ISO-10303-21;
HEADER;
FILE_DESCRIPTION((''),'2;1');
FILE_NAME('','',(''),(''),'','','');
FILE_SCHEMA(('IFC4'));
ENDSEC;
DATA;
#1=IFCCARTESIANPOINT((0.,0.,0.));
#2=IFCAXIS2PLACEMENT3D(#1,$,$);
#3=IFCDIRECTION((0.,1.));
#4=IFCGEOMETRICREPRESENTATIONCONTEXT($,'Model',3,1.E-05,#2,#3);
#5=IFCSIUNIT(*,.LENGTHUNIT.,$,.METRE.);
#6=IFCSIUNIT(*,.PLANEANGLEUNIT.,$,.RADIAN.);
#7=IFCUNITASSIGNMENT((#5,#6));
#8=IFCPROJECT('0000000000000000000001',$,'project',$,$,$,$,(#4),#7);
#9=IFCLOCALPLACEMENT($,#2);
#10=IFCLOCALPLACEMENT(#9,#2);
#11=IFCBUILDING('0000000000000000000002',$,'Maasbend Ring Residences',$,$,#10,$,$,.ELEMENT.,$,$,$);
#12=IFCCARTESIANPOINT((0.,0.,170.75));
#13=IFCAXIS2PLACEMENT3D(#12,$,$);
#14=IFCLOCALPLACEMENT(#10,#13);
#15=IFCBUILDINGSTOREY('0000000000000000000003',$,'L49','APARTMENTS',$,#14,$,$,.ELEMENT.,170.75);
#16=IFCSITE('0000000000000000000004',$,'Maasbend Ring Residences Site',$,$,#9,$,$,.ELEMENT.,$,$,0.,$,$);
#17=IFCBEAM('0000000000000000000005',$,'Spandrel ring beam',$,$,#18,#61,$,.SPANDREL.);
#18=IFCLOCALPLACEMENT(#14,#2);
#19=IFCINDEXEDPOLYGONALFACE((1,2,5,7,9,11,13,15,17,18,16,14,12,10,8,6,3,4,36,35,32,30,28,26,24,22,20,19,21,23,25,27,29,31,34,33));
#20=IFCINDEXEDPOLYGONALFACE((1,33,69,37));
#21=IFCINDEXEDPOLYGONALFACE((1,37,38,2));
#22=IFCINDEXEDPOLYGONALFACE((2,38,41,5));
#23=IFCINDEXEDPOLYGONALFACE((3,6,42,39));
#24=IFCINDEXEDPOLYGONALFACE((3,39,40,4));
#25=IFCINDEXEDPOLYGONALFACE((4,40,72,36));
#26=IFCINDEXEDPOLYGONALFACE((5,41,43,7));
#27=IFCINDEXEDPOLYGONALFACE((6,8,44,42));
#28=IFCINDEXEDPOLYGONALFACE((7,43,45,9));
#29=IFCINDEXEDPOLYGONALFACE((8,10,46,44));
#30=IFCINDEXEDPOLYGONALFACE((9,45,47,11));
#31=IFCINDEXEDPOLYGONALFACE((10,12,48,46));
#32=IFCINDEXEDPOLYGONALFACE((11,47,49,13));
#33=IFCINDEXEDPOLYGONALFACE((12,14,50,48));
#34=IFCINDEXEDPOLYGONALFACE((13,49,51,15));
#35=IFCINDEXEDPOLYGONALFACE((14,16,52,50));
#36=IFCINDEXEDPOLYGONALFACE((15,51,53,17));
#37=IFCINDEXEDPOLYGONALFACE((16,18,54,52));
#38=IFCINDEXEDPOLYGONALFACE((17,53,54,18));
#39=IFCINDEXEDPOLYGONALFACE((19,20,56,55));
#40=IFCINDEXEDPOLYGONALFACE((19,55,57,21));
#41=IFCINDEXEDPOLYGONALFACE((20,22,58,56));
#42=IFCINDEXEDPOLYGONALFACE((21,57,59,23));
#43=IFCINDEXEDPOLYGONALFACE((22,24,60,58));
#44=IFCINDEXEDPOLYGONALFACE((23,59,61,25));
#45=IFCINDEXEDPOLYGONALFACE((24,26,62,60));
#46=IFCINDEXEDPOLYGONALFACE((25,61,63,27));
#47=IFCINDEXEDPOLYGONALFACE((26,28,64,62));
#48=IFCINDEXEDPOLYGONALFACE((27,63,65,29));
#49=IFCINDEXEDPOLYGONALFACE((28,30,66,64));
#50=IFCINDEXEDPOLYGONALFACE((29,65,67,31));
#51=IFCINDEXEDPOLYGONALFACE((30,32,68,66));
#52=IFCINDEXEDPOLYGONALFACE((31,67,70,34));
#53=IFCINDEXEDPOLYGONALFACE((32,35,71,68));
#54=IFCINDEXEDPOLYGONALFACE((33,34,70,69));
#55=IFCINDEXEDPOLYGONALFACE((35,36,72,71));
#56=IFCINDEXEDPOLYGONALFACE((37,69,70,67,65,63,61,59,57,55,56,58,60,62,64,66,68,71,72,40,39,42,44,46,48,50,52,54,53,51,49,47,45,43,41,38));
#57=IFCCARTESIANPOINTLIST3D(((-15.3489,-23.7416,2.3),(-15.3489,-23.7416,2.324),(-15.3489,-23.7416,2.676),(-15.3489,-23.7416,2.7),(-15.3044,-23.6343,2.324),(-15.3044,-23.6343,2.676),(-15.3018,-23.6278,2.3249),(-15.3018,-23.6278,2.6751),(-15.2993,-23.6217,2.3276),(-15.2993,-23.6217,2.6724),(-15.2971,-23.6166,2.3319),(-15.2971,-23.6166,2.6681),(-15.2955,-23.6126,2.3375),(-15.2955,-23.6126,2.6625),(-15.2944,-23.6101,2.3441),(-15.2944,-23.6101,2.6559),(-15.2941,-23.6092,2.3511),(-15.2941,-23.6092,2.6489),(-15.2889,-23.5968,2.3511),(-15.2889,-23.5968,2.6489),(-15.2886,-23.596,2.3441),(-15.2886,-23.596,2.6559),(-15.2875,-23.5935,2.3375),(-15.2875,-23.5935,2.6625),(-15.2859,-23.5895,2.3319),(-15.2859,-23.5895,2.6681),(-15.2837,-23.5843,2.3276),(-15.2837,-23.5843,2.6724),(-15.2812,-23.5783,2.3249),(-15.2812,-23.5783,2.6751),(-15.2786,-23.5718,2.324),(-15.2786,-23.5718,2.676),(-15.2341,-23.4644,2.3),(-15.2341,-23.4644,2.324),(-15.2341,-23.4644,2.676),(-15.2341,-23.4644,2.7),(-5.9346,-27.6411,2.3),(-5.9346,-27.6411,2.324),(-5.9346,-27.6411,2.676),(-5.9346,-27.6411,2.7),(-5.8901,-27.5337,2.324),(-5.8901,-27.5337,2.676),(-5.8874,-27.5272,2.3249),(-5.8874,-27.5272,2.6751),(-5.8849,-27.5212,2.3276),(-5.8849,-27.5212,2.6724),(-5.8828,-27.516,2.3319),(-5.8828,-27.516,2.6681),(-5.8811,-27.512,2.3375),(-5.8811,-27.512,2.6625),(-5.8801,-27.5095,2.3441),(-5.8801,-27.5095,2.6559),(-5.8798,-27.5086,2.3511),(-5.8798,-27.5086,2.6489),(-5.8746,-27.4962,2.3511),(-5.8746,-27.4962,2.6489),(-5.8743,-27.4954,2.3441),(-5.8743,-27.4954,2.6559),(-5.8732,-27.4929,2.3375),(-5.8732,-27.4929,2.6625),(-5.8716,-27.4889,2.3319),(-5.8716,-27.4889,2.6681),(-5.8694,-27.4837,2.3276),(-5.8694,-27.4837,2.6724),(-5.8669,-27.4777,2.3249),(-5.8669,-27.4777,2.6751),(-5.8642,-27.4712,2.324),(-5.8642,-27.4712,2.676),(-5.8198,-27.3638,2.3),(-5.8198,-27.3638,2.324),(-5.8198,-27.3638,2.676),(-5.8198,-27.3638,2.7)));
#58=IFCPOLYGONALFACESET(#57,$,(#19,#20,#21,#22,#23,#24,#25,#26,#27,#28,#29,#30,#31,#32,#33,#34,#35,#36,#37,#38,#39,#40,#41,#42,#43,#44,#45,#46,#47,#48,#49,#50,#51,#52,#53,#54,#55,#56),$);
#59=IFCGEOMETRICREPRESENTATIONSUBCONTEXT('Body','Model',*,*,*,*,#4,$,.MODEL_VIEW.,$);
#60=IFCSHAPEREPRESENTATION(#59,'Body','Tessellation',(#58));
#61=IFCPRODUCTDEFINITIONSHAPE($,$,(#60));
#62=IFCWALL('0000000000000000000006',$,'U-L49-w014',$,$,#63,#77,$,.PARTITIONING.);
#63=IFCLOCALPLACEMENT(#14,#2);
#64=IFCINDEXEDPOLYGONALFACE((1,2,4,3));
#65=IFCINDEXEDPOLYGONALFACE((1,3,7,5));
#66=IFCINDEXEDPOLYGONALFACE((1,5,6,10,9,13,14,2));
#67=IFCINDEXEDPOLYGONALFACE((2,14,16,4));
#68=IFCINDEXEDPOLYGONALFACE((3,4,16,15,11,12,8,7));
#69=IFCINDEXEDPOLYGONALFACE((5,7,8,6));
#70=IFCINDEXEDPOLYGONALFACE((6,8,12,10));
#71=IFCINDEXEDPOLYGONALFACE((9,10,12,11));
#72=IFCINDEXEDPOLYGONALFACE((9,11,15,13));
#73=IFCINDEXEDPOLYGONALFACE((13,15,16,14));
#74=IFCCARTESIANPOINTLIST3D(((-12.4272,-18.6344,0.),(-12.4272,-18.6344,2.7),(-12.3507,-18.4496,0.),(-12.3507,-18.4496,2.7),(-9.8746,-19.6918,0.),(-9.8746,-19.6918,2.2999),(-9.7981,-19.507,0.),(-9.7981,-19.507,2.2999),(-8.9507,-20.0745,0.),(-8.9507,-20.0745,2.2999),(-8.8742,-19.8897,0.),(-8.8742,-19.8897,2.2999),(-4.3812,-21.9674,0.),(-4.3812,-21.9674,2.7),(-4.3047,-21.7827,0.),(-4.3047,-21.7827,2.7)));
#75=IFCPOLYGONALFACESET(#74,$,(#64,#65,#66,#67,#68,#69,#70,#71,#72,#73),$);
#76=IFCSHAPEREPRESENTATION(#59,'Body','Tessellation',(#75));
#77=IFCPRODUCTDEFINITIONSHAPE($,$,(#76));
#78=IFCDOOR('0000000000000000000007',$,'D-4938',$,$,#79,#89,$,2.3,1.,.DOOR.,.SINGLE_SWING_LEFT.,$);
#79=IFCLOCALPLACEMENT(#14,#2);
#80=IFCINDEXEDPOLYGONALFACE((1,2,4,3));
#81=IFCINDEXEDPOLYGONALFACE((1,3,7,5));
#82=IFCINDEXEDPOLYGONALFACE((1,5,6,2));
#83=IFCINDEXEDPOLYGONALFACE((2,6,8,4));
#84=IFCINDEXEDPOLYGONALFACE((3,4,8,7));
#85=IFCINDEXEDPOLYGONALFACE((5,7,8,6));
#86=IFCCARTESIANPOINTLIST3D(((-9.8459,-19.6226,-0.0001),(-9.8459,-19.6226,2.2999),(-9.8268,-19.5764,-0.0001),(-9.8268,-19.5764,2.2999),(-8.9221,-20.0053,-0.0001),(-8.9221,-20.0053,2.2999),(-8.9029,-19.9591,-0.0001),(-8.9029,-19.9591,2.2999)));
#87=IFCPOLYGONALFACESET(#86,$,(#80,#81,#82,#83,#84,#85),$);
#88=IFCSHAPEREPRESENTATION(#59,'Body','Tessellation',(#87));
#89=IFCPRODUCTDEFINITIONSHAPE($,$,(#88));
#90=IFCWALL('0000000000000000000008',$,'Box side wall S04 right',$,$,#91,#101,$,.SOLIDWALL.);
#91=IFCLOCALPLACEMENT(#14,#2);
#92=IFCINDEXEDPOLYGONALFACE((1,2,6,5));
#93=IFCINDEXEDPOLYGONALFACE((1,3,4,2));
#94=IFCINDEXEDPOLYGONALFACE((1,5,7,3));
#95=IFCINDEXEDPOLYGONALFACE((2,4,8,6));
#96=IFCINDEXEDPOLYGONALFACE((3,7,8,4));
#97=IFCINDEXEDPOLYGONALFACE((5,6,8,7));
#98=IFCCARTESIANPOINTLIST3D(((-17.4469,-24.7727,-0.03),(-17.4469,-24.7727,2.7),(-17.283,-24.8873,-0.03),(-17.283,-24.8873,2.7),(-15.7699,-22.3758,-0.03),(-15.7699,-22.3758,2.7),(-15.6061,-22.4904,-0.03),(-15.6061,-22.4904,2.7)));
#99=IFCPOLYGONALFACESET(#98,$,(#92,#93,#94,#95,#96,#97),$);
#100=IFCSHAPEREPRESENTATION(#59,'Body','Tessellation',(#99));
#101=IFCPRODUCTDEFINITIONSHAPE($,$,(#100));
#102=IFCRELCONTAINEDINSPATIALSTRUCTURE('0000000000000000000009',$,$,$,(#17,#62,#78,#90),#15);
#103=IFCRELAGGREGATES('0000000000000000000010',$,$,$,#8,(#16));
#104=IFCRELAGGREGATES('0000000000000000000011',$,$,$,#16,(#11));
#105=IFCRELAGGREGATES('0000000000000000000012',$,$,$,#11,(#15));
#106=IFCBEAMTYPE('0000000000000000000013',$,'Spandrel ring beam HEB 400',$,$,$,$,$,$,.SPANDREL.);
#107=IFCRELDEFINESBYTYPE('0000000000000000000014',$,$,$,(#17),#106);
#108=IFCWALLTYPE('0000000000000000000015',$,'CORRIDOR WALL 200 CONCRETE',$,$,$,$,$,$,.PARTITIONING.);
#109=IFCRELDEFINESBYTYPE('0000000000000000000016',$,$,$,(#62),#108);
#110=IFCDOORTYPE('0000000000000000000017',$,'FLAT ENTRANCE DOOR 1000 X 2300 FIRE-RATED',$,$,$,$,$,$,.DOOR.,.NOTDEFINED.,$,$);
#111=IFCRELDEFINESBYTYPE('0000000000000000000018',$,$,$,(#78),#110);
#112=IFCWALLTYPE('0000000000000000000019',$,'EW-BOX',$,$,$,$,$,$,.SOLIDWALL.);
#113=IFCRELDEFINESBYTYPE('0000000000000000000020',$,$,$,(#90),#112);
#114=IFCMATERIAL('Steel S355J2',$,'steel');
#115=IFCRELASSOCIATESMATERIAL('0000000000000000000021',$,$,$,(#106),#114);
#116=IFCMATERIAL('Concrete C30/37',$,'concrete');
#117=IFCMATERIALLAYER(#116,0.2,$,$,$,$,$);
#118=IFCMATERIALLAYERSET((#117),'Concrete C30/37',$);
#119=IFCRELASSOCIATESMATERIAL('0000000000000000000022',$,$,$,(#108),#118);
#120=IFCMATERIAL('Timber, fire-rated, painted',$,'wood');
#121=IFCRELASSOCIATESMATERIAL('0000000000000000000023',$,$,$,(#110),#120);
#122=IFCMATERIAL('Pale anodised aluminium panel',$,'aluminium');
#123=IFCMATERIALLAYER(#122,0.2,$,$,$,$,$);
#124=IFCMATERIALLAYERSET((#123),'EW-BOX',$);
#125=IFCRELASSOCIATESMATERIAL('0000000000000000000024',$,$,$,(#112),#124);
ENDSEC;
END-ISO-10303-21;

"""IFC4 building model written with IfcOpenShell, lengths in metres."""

from ifc_helpers import new_model, si_unit, direction, frame, frame_2d, origin, origin_2d, place, context, subcontext, project, spatial, rectangle, i_section, extrude, material, layer, layer_set, material_profile, profile_set, type_object, element, fill, save


model = new_model("IFC4")

# Units and contexts
model_context = context("Model", 3, precision=1e-05, world=origin(), true_north=direction((0.0, 1.0)))
body_context = subcontext(model_context, "Body", "Model", "MODEL_VIEW")
ifc_project = project(units=[si_unit("LENGTHUNIT", "METRE"), si_unit("PLANEANGLEUNIT", "RADIAN")], contexts=[model_context])

# Site, building, storey
site_placement = place(None, origin())
site = spatial("IfcSite", under=ifc_project, at=site_placement, Name="Maasbend Ring Residences Site", CompositionType="ELEMENT", RefElevation=0.0)
building_placement = place(site_placement, origin())
building = spatial("IfcBuilding", under=site, at=building_placement, Name="Maasbend Ring Residences", CompositionType="ELEMENT")
storey_placement = place(building_placement, frame((0.0, 0.0, 170.75)))
storey = spatial("IfcBuildingStorey", under=building, at=storey_placement, Name="L49", Description="APARTMENTS", CompositionType="ELEMENT", Elevation=170.75)

# Beam
ifc_material_1 = material(Name="Steel S355J2", Category="steel")
ifc_material_profile_1 = material_profile(ifc_material_1, i_section(OverallWidth=0.3, OverallDepth=0.3999, WebThickness=0.0134, FlangeThickness=0.0239, FilletRadius=0.0271, at=origin_2d()), Name="HEB 400")
ifc_profile_set_1 = profile_set([ifc_material_profile_1], Name="Steel S355J2")
beam_type_1 = type_object("IfcBeamType", Name="Spandrel ring beam HEB 400", PredefinedType="SPANDREL", material=ifc_profile_set_1)
beam_1_placement = place(storey_placement, frame((-15.2915, -23.603, 2.5), z_axis=(0.923884, -0.382673, 0.0), x_axis=(0.382673, 0.923884, 0.0)))
element("IfcBeam", 1, at=beam_1_placement, inside=storey, type_object=beam_type_1, Name="Spandrel ring beam", PredefinedType="SPANDREL", context=body_context, shape_type="SweptSolid", body=[
    extrude(i_section(OverallWidth=0.3, OverallDepth=0.3999, WebThickness=0.0134, FlangeThickness=0.0239, FilletRadius=0.0271, at=origin_2d()), origin(), (0.0, 0.0, 1.0), 10.1899),
])

# Wall, opening, door
ifc_material_2 = material(Name="Concrete C30/37", Category="concrete")
ifc_layer_1 = layer(ifc_material_2, 0.2)
ifc_layer_set_1 = layer_set([ifc_layer_1], Name="Concrete C30/37")
wall_type_1 = type_object("IfcWallType", Name="CORRIDOR WALL 200 CONCRETE", PredefinedType="PARTITIONING", material=ifc_layer_set_1)
wall_1_placement = place(storey_placement, frame((-12.3889, -18.542, 0.0), z_axis=(0.0, 0.0, 1.0), x_axis=(0.923868, -0.382712, 0.0)))
wall_1 = element("IfcWall", 2, at=wall_1_placement, inside=storey, type_object=wall_type_1, Name="U-L49-w014", PredefinedType="PARTITIONING", context=body_context, shape_type="SweptSolid", body=[
    extrude(rectangle(XDim=8.709, YDim=0.2, at=frame_2d((4.3545, 0.0))), origin(), (0.0, 0.0, 1.0), 2.7),
])
opening_1_placement = place(wall_1_placement, frame((2.7629, 0.0, 0.0)))
opening_1 = element("IfcOpeningElement", 3, at=opening_1_placement, cuts=wall_1, PredefinedType="OPENING", context=body_context, shape_type="SweptSolid", body=[
    extrude(rectangle(XDim=1.0, YDim=2.3, at=frame_2d((0.5, 1.1499))), frame((0.0, 0.1099, 0.0), z_axis=(0.0, -1.0, 0.0), x_axis=(1.0, 0.0, 0.0)), (0.0, 0.0, 1.0), 0.22),
])
ifc_material_3 = material(Name="Timber, fire-rated, painted", Category="wood")
door_type_1 = type_object("IfcDoorType", Name="FLAT ENTRANCE DOOR 1000 X 2300 FIRE-RATED", OperationType="NOTDEFINED", PredefinedType="DOOR", material=ifc_material_3)
door_1_placement = place(opening_1_placement, origin())
door_1 = element("IfcDoor", 4, at=door_1_placement, inside=storey, type_object=door_type_1, Name="D-4938", OperationType="SINGLE_SWING_LEFT", OverallHeight=2.3, OverallWidth=1.0, PredefinedType="DOOR", context=body_context, shape_type="SweptSolid", body=[
    extrude(rectangle(XDim=1.0, YDim=2.3, at=frame_2d((0.5, 1.1499))), frame((0.0, 0.0249, 0.0), z_axis=(0.0, -1.0, 0.0), x_axis=(1.0, 0.0, 0.0)), (0.0, 0.0, 1.0), 0.05),
])
fill(opening_1, door_1)

# Wall
ifc_material_4 = material(Name="Pale anodised aluminium panel", Category="aluminium")
ifc_layer_2 = layer(ifc_material_4, 0.2)
ifc_layer_set_2 = layer_set([ifc_layer_2], Name="EW-BOX")
wall_type_2 = type_object("IfcWallType", Name="EW-BOX", PredefinedType="SOLIDWALL", material=ifc_layer_set_2)
wall_2_placement = place(storey_placement, frame((-15.688, -22.4331, -0.03), z_axis=(0.0, 0.0, 1.0), x_axis=(-0.573261, -0.819373, 0.0)))
element("IfcWall", 5, at=wall_2_placement, inside=storey, type_object=wall_type_2, Name="Box side wall S04 right", PredefinedType="SOLIDWALL", context=body_context, shape_type="SweptSolid", body=[
    extrude(rectangle(XDim=2.9253, YDim=0.2, at=frame_2d((1.4626, 0.0))), origin(), (0.0, 0.0, 1.0), 2.73),
])

save(model, "model.ifc")
